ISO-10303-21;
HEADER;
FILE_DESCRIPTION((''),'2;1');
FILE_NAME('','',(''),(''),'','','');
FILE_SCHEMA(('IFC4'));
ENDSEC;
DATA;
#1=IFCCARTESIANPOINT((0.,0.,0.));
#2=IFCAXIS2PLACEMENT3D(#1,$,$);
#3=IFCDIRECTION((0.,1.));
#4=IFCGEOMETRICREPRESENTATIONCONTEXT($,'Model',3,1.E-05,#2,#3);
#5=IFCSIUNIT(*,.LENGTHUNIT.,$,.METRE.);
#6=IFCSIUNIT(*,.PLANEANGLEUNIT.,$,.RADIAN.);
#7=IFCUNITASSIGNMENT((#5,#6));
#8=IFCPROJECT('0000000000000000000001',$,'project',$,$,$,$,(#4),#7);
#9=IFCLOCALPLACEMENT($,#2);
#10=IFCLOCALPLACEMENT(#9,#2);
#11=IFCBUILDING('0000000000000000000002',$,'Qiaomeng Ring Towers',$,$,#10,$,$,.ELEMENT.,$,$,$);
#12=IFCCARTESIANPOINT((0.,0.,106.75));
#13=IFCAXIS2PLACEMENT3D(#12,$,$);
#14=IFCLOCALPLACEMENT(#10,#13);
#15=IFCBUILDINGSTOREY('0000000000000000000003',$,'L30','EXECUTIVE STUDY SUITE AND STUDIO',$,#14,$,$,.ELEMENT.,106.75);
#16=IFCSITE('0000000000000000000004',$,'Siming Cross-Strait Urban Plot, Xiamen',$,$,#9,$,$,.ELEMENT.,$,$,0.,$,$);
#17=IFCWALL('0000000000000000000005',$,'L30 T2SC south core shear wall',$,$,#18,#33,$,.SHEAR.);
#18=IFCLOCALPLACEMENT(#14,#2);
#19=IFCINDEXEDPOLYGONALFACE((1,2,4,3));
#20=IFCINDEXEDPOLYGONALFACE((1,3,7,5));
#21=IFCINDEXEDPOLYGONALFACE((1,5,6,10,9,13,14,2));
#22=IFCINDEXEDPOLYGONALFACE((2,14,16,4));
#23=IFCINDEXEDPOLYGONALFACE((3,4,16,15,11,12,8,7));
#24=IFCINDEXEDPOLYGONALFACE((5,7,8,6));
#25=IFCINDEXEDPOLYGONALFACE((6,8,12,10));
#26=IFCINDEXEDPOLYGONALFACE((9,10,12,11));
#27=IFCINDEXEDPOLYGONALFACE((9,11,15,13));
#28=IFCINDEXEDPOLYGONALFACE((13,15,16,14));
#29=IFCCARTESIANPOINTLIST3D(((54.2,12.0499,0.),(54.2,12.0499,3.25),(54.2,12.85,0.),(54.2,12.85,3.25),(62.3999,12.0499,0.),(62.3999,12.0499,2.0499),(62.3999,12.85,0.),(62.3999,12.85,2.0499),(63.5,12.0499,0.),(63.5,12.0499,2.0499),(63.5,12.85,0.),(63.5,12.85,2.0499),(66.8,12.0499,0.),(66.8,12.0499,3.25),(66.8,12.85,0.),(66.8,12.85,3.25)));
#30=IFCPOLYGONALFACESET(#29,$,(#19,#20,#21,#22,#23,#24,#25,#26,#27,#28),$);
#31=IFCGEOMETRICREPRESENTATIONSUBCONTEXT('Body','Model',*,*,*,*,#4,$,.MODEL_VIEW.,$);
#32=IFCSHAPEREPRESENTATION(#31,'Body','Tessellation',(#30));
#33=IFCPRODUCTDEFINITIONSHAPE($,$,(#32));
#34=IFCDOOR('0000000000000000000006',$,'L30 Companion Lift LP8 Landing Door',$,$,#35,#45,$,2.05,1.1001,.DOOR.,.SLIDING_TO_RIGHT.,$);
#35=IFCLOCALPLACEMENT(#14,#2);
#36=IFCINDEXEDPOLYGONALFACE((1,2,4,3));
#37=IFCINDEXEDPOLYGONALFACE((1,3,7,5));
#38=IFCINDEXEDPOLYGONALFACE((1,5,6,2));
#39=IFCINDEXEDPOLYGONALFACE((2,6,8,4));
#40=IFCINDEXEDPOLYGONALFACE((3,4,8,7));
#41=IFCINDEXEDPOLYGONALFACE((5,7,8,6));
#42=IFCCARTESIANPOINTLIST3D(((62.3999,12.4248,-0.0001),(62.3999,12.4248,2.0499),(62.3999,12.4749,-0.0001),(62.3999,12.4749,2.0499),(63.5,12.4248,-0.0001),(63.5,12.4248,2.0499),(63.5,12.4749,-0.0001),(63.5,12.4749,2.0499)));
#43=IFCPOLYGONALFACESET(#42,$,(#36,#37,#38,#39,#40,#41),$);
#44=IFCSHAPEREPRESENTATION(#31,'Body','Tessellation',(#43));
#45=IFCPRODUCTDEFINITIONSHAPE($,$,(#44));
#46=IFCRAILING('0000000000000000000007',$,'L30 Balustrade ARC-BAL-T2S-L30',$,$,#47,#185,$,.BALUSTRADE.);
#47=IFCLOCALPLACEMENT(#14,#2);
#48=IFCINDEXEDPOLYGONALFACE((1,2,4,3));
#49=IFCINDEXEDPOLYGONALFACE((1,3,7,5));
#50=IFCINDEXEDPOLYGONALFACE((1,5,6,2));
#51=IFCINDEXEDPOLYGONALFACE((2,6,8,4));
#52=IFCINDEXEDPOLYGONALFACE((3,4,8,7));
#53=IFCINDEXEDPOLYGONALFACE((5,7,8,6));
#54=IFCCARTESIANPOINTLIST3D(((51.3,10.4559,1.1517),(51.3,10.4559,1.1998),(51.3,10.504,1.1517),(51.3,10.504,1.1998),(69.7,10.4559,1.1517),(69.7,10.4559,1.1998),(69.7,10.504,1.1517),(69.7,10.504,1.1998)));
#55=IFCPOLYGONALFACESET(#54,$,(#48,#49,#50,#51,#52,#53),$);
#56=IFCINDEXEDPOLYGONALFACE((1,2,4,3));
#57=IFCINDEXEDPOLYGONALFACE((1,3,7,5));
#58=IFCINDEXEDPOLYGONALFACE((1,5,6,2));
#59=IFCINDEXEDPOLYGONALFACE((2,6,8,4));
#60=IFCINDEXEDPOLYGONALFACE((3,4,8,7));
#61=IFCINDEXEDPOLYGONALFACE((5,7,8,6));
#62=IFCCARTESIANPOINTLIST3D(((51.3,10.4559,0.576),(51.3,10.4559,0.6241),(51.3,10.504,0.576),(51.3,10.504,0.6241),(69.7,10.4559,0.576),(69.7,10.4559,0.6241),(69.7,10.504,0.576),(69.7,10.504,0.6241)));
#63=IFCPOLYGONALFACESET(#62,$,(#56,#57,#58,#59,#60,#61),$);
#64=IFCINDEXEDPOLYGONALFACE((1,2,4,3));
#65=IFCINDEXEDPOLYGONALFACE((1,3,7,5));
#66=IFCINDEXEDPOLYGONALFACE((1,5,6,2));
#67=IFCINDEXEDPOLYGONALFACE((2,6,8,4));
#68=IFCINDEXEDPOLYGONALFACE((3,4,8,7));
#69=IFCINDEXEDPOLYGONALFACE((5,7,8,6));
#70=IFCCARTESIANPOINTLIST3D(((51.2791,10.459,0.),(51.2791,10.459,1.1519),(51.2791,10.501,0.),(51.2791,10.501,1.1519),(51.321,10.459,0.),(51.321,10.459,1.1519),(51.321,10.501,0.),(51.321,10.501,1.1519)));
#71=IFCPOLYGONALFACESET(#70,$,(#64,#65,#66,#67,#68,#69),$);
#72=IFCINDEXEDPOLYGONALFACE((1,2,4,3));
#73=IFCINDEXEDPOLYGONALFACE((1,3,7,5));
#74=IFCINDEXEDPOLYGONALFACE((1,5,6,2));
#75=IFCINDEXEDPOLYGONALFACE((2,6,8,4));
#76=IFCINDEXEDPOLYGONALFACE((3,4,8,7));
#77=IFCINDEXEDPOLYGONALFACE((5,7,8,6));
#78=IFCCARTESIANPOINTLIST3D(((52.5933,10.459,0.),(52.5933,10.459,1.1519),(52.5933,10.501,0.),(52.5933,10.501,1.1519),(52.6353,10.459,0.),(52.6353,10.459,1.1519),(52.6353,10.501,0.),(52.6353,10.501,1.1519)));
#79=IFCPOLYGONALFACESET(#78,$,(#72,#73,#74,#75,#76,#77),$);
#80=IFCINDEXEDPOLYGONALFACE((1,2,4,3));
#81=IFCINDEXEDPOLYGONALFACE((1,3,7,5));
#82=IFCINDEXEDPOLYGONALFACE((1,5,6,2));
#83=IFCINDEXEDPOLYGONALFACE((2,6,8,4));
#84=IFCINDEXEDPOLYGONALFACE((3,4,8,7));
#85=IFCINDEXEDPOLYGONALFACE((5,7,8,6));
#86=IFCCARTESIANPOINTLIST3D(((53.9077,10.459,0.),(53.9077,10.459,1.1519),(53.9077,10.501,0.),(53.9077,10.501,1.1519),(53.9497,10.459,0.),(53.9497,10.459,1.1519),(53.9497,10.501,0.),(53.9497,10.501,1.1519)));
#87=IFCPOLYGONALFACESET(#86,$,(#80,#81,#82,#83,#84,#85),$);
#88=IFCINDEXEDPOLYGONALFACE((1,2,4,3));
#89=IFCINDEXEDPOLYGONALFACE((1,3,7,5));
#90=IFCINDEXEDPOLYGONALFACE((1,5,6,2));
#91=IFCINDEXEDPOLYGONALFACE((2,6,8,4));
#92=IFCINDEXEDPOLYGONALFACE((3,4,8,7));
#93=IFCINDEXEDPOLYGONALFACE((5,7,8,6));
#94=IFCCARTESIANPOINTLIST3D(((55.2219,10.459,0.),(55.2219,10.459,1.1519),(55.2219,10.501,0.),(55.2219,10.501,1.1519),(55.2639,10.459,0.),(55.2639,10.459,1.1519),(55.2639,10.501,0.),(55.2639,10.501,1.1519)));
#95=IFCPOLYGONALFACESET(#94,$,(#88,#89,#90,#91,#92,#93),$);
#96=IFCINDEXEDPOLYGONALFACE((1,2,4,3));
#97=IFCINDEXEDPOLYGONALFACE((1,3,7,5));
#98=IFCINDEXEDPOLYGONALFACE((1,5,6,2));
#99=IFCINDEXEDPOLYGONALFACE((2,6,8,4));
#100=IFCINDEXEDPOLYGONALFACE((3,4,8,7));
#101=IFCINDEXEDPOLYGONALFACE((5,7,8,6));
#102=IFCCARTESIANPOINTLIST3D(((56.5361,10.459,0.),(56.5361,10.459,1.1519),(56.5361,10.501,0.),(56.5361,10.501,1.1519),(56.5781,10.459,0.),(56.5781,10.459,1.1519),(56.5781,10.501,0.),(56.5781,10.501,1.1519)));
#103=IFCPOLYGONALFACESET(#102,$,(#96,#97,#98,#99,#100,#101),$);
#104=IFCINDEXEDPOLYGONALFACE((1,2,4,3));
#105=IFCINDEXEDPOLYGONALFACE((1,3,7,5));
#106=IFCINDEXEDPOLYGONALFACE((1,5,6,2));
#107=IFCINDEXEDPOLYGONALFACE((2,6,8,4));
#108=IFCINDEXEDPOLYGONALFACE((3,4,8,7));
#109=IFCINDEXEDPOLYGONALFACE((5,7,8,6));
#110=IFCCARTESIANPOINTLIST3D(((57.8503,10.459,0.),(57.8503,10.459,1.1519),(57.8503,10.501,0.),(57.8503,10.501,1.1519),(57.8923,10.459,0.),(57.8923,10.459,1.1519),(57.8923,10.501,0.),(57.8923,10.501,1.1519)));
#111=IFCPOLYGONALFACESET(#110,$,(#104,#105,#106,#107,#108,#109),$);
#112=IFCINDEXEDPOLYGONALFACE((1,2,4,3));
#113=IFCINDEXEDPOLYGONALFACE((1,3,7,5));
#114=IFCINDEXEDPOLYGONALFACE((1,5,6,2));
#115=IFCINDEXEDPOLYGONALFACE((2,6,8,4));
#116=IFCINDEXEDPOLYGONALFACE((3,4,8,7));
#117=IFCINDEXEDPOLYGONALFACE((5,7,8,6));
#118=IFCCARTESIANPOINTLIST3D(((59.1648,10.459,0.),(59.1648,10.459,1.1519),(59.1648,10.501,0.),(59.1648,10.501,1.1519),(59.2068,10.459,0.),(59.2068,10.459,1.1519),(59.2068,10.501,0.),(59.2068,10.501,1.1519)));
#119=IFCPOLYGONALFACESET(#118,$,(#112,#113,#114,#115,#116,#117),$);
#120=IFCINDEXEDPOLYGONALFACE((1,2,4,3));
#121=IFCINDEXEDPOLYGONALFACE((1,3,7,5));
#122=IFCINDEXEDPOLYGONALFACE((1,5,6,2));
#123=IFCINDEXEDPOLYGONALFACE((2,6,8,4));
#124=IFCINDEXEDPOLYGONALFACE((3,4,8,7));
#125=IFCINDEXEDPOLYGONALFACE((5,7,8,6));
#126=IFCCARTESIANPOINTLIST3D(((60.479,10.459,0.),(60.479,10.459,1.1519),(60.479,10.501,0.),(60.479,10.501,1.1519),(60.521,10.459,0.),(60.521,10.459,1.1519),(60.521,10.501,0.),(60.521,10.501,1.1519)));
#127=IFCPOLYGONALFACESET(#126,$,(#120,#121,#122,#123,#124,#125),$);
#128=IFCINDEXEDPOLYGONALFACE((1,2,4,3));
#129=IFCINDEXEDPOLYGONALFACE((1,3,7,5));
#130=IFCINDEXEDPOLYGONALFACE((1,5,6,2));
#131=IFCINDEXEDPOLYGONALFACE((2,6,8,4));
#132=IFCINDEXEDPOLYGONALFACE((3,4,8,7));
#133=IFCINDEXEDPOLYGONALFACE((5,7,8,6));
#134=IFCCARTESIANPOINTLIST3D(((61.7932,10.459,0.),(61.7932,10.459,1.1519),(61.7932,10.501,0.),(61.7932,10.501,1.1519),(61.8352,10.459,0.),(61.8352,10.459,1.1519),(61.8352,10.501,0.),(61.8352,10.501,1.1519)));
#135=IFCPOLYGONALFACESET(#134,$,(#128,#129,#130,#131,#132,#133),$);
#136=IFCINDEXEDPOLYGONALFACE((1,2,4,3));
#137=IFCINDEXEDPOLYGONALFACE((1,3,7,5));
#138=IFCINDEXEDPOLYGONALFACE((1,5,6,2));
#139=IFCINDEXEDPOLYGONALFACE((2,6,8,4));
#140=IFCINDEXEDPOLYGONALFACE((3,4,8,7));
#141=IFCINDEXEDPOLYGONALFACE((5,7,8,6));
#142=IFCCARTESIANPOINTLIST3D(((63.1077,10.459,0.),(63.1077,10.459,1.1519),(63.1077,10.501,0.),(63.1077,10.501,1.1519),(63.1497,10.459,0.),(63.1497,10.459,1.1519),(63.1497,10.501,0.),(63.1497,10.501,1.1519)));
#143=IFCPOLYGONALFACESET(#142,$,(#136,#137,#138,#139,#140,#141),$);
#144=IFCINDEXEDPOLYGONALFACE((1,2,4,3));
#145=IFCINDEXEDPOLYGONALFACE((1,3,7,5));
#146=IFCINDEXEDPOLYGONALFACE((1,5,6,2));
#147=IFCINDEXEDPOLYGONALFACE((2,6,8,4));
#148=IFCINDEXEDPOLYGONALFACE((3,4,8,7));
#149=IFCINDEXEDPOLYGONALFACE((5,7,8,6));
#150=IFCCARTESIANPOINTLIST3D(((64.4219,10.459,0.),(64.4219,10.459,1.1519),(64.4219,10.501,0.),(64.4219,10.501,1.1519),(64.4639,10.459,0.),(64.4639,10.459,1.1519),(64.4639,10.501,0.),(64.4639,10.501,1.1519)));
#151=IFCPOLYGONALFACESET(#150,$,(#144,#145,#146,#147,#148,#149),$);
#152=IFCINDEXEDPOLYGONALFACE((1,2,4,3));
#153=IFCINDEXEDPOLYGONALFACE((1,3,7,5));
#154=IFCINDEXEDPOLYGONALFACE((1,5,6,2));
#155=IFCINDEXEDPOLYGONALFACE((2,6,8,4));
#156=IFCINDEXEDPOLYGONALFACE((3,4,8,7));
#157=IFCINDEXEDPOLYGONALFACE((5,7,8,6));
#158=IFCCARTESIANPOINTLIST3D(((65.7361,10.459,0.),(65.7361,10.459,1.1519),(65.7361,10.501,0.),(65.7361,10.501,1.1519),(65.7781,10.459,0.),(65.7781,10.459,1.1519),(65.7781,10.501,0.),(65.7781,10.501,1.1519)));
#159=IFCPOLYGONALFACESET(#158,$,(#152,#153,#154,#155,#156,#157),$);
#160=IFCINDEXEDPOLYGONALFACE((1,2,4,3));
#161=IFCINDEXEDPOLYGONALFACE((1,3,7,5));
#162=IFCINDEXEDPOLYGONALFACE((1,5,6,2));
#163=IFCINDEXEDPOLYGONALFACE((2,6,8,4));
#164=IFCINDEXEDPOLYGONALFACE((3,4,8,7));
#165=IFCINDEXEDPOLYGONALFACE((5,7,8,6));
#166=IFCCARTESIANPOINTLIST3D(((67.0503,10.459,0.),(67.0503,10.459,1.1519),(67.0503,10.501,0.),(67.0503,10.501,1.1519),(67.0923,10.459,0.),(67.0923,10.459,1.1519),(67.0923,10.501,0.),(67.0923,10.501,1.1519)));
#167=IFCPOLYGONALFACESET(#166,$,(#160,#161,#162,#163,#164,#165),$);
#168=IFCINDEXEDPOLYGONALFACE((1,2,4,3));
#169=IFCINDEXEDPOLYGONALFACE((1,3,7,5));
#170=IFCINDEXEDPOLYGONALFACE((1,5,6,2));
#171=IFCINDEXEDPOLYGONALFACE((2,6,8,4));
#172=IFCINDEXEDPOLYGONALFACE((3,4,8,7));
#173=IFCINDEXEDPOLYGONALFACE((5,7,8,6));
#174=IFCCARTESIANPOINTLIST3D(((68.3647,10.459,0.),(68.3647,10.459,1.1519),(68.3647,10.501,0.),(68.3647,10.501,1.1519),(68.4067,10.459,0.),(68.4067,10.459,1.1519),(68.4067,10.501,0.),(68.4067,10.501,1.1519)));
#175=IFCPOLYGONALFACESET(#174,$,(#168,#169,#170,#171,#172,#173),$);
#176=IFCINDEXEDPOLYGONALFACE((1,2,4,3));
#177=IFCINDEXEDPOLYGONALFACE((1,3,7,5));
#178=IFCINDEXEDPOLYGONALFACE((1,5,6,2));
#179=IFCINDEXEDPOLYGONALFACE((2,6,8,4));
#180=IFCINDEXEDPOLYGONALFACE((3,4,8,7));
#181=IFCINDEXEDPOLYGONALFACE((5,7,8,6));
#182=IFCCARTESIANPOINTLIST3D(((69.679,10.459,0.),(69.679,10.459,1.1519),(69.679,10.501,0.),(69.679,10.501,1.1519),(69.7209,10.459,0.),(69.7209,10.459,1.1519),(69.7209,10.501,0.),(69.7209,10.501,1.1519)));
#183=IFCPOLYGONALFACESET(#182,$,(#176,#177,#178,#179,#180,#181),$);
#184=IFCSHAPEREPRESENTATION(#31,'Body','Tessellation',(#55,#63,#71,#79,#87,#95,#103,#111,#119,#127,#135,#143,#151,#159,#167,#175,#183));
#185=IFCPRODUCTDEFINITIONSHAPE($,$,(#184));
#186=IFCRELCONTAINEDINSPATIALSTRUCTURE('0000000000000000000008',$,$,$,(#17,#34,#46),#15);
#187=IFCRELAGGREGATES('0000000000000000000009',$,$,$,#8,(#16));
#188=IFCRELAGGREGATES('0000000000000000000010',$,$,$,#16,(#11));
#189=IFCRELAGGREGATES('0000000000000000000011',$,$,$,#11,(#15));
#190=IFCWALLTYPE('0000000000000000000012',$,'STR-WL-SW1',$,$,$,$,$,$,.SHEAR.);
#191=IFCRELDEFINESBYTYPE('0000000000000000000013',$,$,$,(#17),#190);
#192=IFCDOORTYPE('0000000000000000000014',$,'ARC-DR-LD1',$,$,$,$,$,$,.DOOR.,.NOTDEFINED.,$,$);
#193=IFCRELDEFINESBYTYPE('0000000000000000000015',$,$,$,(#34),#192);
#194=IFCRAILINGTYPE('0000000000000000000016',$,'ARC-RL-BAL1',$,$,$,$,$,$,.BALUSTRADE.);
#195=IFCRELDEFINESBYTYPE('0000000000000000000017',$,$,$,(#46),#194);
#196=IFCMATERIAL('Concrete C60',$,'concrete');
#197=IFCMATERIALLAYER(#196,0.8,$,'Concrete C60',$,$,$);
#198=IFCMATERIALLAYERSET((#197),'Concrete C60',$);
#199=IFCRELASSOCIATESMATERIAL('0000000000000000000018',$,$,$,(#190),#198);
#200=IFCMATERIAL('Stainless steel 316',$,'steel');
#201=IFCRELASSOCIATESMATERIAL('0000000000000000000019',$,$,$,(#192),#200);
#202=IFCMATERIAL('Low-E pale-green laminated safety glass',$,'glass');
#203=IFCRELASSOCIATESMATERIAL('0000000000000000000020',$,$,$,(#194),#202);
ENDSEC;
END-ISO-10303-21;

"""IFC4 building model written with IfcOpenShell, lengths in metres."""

from ifc_helpers import new_model, si_unit, direction, frame, frame_2d, origin, origin_2d, place, context, subcontext, project, spatial, rectangle, extrude, source, transform, mapped, material, layer, layer_set, type_object, element, fill, save


model = new_model("IFC4")

# Units and contexts
model_context = context("Model", 3, precision=1e-05, world=origin(), true_north=direction((0.0, 1.0)))
body_context = subcontext(model_context, "Body", "Model", "MODEL_VIEW")
ifc_project = project(units=[si_unit("LENGTHUNIT", "METRE"), si_unit("PLANEANGLEUNIT", "RADIAN")], contexts=[model_context])

# Site, building, storey
site_placement = place(None, origin())
site = spatial("IfcSite", under=ifc_project, at=site_placement, Name="Siming Cross-Strait Urban Plot, Xiamen", CompositionType="ELEMENT", RefElevation=0.0)
building_placement = place(site_placement, origin())
building = spatial("IfcBuilding", under=site, at=building_placement, Name="Qiaomeng Ring Towers", CompositionType="ELEMENT")
storey_placement = place(building_placement, frame((0.0, 0.0, 106.75)))
storey = spatial("IfcBuildingStorey", under=building, at=storey_placement, Name="L30", Description="EXECUTIVE STUDY SUITE AND STUDIO", CompositionType="ELEMENT", Elevation=106.75)

# Wall, opening, door
ifc_material_1 = material(Name="Concrete C60", Category="concrete")
ifc_layer_1 = layer(ifc_material_1, 0.8, Name="Concrete C60")
ifc_layer_set_1 = layer_set([ifc_layer_1], Name="Concrete C60")
wall_type_1 = type_object("IfcWallType", Name="STR-WL-SW1", PredefinedType="SHEAR", material=ifc_layer_set_1)
wall_1_placement = place(storey_placement, frame((54.2, 12.45, 0.0), z_axis=(0.0, 0.0, 1.0), x_axis=(1.0, 0.0, 0.0)))
wall_1 = element("IfcWall", 1, at=wall_1_placement, inside=storey, type_object=wall_type_1, Name="L30 T2SC south core shear wall", PredefinedType="SHEAR", context=body_context, shape_type="SweptSolid", body=[
    extrude(rectangle(XDim=12.6001, YDim=0.8, at=frame_2d((6.3, 0.0))), origin(), (0.0, 0.0, 1.0), 3.25),
])
opening_1_placement = place(wall_1_placement, frame((8.2, 0.0, 0.0)))
opening_1 = element("IfcOpeningElement", 2, at=opening_1_placement, cuts=wall_1, PredefinedType="OPENING", context=body_context, shape_type="SweptSolid", body=[
    extrude(rectangle(XDim=1.1001, YDim=2.05, at=frame_2d((0.55, 1.0249))), frame((0.0, 0.4099, 0.0), z_axis=(0.0, -1.0, 0.0), x_axis=(1.0, 0.0, 0.0)), (0.0, 0.0, 1.0), 0.8201),
])
ifc_material_2 = material(Name="Stainless steel 316", Category="steel")
door_type_1 = type_object("IfcDoorType", Name="ARC-DR-LD1", OperationType="NOTDEFINED", PredefinedType="DOOR", material=ifc_material_2)
shared_shape_1 = source(origin(), body_context, "Body", "SweptSolid", [
    extrude(rectangle(XDim=1.1001, YDim=2.05, at=frame_2d((0.55, 1.0249))), frame((0.0, 0.0249, 0.0), z_axis=(0.0, -1.0, 0.0), x_axis=(1.0, 0.0, 0.0)), (0.0, 0.0, 1.0), 0.05),
])
door_1_placement = place(opening_1_placement, origin())
door_1 = element("IfcDoor", 3, at=door_1_placement, inside=storey, type_object=door_type_1, Name="L30 Companion Lift LP8 Landing Door", OperationType="SLIDING_TO_RIGHT", OverallHeight=2.05, OverallWidth=1.1001, PredefinedType="DOOR", context=body_context, shape_type="MappedRepresentation", body=[
    mapped(shared_shape_1, transform((0.0, 0.0, 0.0), x_axis=(1.0, 0.0, 0.0), y_axis=(0.0, 1.0, 0.0), z_axis=(0.0, 0.0, 1.0), scale=1.0)),
])
fill(opening_1, door_1)

# Railing
ifc_material_3 = material(Name="Low-E pale-green laminated safety glass", Category="glass")
railing_type = type_object("IfcRailingType", Name="ARC-RL-BAL1", PredefinedType="BALUSTRADE", material=ifc_material_3)
railing_placement = place(storey_placement, frame((51.3, 10.48, 0.0)))
element("IfcRailing", 4, at=railing_placement, inside=storey, type_object=railing_type, Name="L30 Balustrade ARC-BAL-T2S-L30", PredefinedType="BALUSTRADE", context=body_context, shape_type="SweptSolid", body=[
    extrude(rectangle(XDim=0.0481, YDim=0.0481, at=origin_2d()), frame((0.0, 0.0, 1.1758), z_axis=(1.0, 0.0, 0.0), x_axis=(0.0, 1.0, 0.0)), (0.0, 0.0, 1.0), 18.3999),
    extrude(rectangle(XDim=0.0481, YDim=0.0481, at=origin_2d()), frame((0.0, 0.0, 0.6001), z_axis=(1.0, 0.0, 0.0), x_axis=(0.0, 1.0, 0.0)), (0.0, 0.0, 1.0), 18.3999),
    extrude(rectangle(XDim=0.042, YDim=0.042, at=origin_2d()), origin(), (0.0, 0.0, 1.0), 1.1519),
    extrude(rectangle(XDim=0.042, YDim=0.042, at=origin_2d()), frame((1.3142, 0.0, 0.0)), (0.0, 0.0, 1.0), 1.1519),
    extrude(rectangle(XDim=0.042, YDim=0.042, at=origin_2d()), frame((2.6287, 0.0, 0.0)), (0.0, 0.0, 1.0), 1.1519),
    extrude(rectangle(XDim=0.042, YDim=0.042, at=origin_2d()), frame((3.9429, 0.0, 0.0)), (0.0, 0.0, 1.0), 1.1519),
    extrude(rectangle(XDim=0.042, YDim=0.042, at=origin_2d()), frame((5.2571, 0.0, 0.0)), (0.0, 0.0, 1.0), 1.1519),
    extrude(rectangle(XDim=0.042, YDim=0.042, at=origin_2d()), frame((6.5713, 0.0, 0.0)), (0.0, 0.0, 1.0), 1.1519),
    extrude(rectangle(XDim=0.042, YDim=0.042, at=origin_2d()), frame((7.8857, 0.0, 0.0)), (0.0, 0.0, 1.0), 1.1519),
    extrude(rectangle(XDim=0.042, YDim=0.042, at=origin_2d()), frame((9.2, 0.0, 0.0)), (0.0, 0.0, 1.0), 1.1519),
    extrude(rectangle(XDim=0.042, YDim=0.042, at=origin_2d()), frame((10.5142, 0.0, 0.0)), (0.0, 0.0, 1.0), 1.1519),
    extrude(rectangle(XDim=0.042, YDim=0.042, at=origin_2d()), frame((11.8286, 0.0, 0.0)), (0.0, 0.0, 1.0), 1.1519),
    extrude(rectangle(XDim=0.042, YDim=0.042, at=origin_2d()), frame((13.1428, 0.0, 0.0)), (0.0, 0.0, 1.0), 1.1519),
    extrude(rectangle(XDim=0.042, YDim=0.042, at=origin_2d()), frame((14.457, 0.0, 0.0)), (0.0, 0.0, 1.0), 1.1519),
    extrude(rectangle(XDim=0.042, YDim=0.042, at=origin_2d()), frame((15.7712, 0.0, 0.0)), (0.0, 0.0, 1.0), 1.1519),
    extrude(rectangle(XDim=0.042, YDim=0.042, at=origin_2d()), frame((17.0857, 0.0, 0.0)), (0.0, 0.0, 1.0), 1.1519),
    extrude(rectangle(XDim=0.042, YDim=0.042, at=origin_2d()), frame((18.3999, 0.0, 0.0)), (0.0, 0.0, 1.0), 1.1519),
])

save(model, "model.ifc")
